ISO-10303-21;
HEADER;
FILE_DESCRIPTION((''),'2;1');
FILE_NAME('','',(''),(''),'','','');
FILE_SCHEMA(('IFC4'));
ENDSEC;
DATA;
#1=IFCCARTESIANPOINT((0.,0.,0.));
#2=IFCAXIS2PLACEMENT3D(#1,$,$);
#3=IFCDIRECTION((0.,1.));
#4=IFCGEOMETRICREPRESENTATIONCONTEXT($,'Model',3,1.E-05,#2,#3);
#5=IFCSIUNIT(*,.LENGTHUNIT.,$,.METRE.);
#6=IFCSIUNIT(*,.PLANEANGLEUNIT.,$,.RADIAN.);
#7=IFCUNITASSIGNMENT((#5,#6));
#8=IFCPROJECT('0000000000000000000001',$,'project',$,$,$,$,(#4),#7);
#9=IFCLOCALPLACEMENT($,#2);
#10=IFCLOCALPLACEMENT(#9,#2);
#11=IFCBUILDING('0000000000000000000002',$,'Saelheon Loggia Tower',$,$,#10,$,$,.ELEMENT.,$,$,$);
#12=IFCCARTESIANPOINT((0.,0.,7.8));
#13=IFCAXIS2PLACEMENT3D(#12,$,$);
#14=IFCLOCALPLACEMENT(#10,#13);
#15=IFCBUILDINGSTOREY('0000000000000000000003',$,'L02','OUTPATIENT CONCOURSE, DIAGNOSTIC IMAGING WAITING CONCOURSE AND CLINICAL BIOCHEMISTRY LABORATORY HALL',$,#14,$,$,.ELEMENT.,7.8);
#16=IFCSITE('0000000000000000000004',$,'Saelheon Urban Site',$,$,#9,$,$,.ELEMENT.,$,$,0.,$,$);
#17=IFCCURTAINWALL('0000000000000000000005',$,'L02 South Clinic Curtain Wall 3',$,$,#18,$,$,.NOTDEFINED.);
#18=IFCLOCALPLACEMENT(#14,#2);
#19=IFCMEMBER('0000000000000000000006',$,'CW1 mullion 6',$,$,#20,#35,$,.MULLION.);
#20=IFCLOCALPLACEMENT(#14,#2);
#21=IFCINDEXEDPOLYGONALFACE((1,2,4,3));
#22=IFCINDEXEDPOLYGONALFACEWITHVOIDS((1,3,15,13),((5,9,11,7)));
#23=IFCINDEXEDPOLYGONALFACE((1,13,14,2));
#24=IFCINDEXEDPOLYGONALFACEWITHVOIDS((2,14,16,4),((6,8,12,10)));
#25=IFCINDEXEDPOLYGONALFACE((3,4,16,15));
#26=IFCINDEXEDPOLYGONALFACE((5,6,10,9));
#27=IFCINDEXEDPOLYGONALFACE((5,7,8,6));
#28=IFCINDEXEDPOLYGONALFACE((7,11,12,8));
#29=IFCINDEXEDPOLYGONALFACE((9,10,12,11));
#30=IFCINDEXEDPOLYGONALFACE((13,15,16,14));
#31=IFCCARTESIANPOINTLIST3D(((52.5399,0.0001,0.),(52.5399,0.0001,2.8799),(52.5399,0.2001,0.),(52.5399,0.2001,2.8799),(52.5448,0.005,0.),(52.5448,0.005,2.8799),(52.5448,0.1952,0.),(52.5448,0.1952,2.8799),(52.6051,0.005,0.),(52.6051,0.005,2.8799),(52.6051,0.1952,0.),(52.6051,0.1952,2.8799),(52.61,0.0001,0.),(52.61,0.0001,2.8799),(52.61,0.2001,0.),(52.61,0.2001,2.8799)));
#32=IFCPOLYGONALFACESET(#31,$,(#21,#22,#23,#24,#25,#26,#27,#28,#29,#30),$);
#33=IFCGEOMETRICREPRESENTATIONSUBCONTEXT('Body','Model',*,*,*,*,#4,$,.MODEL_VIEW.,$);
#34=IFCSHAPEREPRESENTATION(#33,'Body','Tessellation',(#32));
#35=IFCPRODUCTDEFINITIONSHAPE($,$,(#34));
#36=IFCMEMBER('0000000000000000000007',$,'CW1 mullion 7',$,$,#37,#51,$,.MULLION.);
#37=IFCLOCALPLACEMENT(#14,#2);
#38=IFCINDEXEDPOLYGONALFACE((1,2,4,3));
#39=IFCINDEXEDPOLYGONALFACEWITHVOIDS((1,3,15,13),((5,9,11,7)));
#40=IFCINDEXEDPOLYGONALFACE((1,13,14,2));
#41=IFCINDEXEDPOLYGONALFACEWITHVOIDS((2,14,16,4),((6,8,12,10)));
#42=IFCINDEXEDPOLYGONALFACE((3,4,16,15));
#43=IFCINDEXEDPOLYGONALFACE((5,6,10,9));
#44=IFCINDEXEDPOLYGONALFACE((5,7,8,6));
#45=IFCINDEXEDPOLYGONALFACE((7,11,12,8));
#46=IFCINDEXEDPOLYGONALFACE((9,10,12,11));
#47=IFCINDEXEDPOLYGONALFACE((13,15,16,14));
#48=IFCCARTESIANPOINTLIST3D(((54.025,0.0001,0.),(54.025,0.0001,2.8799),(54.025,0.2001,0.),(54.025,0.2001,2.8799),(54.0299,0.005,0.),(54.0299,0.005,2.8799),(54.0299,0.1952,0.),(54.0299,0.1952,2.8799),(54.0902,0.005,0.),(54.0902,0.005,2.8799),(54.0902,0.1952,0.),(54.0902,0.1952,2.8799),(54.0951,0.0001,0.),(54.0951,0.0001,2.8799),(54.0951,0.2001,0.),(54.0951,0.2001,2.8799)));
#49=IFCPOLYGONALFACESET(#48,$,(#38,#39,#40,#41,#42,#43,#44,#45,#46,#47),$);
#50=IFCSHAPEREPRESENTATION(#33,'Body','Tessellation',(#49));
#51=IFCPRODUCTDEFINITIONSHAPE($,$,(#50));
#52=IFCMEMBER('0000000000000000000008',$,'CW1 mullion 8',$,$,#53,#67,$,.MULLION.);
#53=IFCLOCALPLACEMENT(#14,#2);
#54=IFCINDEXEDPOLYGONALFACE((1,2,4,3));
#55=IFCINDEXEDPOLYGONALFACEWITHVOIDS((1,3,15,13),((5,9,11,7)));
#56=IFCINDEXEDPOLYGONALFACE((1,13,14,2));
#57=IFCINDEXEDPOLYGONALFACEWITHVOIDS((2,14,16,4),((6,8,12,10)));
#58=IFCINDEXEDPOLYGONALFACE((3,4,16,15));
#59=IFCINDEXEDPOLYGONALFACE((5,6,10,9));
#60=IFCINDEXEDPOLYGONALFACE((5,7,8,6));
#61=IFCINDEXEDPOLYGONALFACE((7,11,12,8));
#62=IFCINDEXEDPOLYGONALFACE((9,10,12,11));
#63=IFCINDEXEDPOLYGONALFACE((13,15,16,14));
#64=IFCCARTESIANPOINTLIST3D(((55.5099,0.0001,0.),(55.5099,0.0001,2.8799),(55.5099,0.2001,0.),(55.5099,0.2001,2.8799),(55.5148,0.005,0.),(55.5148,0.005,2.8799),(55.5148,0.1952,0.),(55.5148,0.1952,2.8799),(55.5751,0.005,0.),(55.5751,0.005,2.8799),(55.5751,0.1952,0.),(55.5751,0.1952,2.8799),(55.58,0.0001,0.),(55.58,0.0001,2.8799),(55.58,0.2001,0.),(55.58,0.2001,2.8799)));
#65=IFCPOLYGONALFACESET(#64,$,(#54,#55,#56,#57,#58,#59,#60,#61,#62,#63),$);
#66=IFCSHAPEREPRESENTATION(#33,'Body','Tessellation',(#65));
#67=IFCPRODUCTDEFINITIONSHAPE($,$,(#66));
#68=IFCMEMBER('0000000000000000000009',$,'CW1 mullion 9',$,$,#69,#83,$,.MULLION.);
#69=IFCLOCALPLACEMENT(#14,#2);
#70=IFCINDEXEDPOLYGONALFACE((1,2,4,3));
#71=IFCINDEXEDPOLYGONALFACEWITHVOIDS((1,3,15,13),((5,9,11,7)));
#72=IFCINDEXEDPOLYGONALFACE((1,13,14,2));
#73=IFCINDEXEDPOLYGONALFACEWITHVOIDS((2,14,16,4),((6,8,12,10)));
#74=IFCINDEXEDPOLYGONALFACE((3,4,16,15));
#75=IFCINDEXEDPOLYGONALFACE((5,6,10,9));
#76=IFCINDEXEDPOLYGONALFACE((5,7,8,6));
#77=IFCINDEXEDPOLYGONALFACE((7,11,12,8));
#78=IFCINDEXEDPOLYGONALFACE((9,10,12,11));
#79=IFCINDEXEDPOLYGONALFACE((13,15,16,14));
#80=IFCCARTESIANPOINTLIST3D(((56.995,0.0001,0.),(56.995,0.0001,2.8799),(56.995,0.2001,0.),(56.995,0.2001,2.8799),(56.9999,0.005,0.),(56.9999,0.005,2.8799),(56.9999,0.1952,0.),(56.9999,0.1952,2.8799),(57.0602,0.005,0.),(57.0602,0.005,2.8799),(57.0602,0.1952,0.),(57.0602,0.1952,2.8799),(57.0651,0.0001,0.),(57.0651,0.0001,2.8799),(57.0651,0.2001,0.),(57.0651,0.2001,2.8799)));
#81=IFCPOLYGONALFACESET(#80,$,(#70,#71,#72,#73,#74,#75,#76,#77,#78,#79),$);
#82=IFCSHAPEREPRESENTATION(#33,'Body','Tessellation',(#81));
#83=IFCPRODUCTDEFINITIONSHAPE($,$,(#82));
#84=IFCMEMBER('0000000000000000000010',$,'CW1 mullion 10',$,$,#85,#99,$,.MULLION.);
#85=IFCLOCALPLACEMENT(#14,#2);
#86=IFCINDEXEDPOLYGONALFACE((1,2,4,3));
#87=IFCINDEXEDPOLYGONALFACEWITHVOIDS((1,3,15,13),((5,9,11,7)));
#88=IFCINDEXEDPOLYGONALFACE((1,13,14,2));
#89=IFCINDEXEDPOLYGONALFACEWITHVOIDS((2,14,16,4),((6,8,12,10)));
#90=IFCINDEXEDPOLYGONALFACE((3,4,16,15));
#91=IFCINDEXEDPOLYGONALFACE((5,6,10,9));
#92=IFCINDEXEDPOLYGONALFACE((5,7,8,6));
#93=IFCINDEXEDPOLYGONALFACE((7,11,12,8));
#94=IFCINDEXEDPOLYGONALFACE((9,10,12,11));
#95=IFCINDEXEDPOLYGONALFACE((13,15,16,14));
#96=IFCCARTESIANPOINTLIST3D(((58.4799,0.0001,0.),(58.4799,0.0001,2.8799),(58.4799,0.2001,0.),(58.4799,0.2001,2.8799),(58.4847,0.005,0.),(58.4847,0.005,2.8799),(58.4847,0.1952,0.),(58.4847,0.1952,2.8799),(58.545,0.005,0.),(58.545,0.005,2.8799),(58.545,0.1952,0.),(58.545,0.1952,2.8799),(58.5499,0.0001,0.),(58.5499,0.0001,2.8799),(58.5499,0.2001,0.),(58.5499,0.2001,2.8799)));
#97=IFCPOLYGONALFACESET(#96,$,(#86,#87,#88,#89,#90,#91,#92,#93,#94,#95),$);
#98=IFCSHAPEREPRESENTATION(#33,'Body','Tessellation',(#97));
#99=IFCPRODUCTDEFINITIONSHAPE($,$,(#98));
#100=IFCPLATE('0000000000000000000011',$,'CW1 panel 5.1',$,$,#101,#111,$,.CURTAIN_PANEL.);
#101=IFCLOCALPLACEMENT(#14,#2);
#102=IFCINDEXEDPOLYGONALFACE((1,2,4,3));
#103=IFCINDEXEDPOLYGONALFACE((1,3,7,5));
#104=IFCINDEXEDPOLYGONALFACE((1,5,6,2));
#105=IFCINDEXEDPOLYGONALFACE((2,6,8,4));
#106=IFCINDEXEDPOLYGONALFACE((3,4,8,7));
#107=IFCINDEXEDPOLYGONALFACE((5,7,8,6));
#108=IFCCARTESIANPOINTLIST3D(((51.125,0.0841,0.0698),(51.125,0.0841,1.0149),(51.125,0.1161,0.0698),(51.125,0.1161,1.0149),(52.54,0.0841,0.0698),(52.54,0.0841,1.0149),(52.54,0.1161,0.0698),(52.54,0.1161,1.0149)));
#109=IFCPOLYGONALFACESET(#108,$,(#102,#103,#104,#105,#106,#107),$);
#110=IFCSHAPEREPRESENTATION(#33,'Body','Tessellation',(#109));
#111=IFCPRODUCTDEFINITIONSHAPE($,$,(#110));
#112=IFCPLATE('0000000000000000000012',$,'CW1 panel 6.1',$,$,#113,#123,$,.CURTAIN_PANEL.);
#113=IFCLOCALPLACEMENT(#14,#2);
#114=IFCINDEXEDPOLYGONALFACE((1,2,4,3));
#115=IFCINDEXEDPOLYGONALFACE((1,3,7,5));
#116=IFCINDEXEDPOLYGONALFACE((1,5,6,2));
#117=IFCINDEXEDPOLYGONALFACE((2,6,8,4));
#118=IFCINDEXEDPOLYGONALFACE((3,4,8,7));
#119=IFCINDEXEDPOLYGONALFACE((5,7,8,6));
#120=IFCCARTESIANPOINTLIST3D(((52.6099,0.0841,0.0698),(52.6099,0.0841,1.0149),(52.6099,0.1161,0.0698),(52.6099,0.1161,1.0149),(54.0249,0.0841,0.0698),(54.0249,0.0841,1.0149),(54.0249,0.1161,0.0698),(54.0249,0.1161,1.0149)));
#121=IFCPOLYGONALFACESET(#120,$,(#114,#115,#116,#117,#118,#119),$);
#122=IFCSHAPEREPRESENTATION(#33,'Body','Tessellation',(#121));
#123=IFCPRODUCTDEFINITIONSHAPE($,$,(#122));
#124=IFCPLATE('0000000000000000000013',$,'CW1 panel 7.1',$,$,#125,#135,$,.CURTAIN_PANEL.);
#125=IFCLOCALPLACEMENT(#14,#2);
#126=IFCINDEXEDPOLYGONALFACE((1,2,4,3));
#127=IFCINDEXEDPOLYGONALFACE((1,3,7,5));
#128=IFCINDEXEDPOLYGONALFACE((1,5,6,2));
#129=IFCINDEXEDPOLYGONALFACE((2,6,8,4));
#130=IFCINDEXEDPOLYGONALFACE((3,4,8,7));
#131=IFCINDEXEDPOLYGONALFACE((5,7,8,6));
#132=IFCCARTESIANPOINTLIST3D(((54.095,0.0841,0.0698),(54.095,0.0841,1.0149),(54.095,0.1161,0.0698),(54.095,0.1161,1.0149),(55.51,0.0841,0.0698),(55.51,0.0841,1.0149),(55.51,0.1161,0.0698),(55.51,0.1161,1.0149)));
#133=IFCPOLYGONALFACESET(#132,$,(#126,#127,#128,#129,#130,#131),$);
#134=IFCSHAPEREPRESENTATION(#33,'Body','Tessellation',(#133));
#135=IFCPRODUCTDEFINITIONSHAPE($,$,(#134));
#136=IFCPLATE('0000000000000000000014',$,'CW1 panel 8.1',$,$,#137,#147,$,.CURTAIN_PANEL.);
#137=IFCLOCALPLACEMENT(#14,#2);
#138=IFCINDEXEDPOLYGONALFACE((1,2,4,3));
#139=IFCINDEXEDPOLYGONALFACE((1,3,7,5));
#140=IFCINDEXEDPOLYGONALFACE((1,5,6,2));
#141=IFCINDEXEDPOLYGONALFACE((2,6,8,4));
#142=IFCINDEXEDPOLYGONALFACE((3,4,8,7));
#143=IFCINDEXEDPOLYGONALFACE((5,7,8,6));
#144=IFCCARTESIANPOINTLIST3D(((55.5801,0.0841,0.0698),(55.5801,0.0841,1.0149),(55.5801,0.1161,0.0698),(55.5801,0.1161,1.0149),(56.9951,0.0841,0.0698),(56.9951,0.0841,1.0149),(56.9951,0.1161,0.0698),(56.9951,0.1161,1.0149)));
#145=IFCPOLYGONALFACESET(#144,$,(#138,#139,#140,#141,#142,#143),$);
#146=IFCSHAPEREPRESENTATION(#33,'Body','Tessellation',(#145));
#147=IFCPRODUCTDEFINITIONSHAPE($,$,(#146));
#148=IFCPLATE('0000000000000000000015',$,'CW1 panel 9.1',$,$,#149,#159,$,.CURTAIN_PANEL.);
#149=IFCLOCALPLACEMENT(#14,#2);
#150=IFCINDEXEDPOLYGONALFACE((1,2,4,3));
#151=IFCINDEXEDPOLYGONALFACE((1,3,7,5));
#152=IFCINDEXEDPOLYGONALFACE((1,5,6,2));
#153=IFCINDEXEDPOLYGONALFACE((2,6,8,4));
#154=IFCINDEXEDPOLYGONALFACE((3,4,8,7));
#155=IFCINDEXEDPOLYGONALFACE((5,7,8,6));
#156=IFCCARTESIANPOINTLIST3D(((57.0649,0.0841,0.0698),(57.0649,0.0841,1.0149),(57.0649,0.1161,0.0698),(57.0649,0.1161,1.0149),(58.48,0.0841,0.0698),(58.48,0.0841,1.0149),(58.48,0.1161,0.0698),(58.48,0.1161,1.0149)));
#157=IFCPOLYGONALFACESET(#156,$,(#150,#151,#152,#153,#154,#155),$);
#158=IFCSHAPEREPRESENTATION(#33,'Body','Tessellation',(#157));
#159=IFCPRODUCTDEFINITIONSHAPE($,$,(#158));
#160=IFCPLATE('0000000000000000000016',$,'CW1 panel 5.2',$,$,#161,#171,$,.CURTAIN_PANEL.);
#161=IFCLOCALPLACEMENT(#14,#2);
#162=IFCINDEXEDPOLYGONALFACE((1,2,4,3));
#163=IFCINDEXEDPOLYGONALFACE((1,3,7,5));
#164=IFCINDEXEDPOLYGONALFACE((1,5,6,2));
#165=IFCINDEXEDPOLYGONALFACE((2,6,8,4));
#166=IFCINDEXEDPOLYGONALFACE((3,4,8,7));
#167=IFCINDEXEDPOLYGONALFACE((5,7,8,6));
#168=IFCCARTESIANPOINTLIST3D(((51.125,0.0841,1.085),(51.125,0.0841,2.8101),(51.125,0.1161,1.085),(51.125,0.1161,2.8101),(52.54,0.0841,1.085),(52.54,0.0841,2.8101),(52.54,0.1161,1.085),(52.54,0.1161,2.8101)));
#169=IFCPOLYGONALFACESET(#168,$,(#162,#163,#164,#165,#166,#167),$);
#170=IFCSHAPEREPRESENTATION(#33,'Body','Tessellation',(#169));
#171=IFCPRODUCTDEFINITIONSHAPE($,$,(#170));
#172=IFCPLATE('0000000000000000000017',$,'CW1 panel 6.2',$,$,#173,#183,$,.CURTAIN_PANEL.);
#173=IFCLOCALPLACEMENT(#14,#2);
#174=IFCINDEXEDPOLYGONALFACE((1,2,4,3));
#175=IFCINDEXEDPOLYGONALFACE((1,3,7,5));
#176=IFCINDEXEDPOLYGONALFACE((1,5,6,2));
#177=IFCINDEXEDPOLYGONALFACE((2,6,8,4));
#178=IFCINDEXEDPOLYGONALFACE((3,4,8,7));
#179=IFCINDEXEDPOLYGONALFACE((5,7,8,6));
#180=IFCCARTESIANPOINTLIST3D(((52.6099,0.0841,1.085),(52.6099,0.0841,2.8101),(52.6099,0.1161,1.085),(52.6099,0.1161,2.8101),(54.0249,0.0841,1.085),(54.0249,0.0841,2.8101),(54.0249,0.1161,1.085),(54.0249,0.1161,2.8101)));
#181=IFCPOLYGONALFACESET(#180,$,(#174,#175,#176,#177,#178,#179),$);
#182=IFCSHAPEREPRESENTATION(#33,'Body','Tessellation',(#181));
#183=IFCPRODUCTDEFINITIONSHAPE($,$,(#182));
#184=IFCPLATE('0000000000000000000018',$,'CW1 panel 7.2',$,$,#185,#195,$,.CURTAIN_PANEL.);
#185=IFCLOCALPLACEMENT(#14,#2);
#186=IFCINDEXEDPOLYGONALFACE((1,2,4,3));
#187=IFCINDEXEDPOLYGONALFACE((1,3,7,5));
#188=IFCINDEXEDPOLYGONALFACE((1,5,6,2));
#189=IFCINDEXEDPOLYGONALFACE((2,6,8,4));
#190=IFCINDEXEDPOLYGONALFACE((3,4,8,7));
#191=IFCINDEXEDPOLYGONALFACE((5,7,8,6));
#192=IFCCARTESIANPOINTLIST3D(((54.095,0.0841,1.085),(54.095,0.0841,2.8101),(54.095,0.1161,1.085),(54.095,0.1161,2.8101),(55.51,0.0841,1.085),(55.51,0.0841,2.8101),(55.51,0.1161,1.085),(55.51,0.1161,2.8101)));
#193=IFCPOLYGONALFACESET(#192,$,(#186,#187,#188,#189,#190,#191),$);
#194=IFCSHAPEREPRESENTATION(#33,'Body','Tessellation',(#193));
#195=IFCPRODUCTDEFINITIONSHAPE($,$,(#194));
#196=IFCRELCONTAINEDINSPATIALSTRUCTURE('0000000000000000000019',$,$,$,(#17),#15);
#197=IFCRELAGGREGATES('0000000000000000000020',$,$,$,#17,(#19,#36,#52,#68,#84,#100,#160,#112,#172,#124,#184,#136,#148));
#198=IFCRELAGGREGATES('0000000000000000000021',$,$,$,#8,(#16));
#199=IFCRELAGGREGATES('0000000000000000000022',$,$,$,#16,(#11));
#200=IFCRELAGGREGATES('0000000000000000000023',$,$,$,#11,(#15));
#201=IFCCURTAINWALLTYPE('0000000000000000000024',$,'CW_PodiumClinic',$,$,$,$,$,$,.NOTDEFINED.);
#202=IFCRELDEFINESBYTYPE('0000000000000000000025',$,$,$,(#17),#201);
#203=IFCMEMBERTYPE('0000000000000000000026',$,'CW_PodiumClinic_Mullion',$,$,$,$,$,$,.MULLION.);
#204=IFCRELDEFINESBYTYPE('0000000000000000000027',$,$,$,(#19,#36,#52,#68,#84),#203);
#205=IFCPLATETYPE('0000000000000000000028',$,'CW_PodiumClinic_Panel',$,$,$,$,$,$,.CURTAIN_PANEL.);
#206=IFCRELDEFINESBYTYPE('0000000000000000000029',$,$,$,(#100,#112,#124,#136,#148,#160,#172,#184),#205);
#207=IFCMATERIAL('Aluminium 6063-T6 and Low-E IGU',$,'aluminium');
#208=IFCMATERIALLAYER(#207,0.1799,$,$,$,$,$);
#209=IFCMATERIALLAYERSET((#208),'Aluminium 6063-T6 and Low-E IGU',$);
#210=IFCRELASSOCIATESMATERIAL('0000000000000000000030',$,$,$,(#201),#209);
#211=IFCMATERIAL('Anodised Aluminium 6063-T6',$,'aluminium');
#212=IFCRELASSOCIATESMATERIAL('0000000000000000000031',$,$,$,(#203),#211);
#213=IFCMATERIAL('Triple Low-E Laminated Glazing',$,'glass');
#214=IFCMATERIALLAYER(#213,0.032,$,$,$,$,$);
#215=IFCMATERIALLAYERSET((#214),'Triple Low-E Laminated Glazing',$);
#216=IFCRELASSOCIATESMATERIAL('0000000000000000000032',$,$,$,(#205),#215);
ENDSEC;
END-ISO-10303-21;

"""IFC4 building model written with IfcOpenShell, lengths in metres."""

from ifc_helpers import new_model, si_unit, direction, frame, origin, origin_2d, place, context, subcontext, project, spatial, rectangle, hollow_rectangle, extrude, source, transform, mapped, material, layer, layer_set, material_profile, profile_set, type_object, element, aggregate, save


model = new_model("IFC4")

# Units and contexts
model_context = context("Model", 3, precision=1e-05, world=origin(), true_north=direction((0.0, 1.0)))
body_context = subcontext(model_context, "Body", "Model", "MODEL_VIEW")
ifc_project = project(units=[si_unit("LENGTHUNIT", "METRE"), si_unit("PLANEANGLEUNIT", "RADIAN")], contexts=[model_context])

# Site, building, storey
site_placement = place(None, origin())
site = spatial("IfcSite", under=ifc_project, at=site_placement, Name="Saelheon Urban Site", CompositionType="ELEMENT", RefElevation=0.0)
building_placement = place(site_placement, origin())
building = spatial("IfcBuilding", under=site, at=building_placement, Name="Saelheon Loggia Tower", CompositionType="ELEMENT")
storey_placement = place(building_placement, frame((0.0, 0.0, 7.8)))
storey = spatial("IfcBuildingStorey", under=building, at=storey_placement, Name="L02", Description="OUTPATIENT CONCOURSE, DIAGNOSTIC IMAGING WAITING CONCOURSE AND CLINICAL BIOCHEMISTRY LABORATORY HALL", CompositionType="ELEMENT", Elevation=7.8)

# Curtain wall, members, plates
ifc_material_1 = material(Name="Aluminium 6063-T6 and Low-E IGU", Category="aluminium")
ifc_layer_1 = layer(ifc_material_1, 0.1799)
ifc_layer_set_1 = layer_set([ifc_layer_1], Name="Aluminium 6063-T6 and Low-E IGU")
curtain_wall_type = type_object("IfcCurtainWallType", Name="CW_PodiumClinic", PredefinedType="NOTDEFINED", material=ifc_layer_set_1)
curtain_wall_placement = place(storey_placement, origin())
curtain_wall = element("IfcCurtainWall", 1, at=curtain_wall_placement, inside=storey, type_object=curtain_wall_type, Name="L02 South Clinic Curtain Wall 3", PredefinedType="NOTDEFINED")
ifc_material_2 = material(Name="Anodised Aluminium 6063-T6", Category="aluminium")
ifc_material_profile_1 = material_profile(ifc_material_2, hollow_rectangle(XDim=0.0701, YDim=0.2, WallThickness=0.0049, at=origin_2d()), Name="RHS-200x70x5")
ifc_profile_set_1 = profile_set([ifc_material_profile_1], Name="Anodised Aluminium 6063-T6")
member_type_1 = type_object("IfcMemberType", Name="CW_PodiumClinic_Mullion", PredefinedType="MULLION", material=ifc_profile_set_1)
shared_shape_1 = source(origin(), body_context, "Body", "SweptSolid", [
    extrude(hollow_rectangle(XDim=0.0701, YDim=0.2, WallThickness=0.0049, at=origin_2d()), origin(), (0.0, 0.0, 1.0), 2.8799),
])
member_1_placement = place(storey_placement, frame((52.575, 0.1001, 0.0), z_axis=(0.0, 0.0, 1.0), x_axis=(1.0, 0.0, 0.0)))
member_1 = element("IfcMember", 2, at=member_1_placement, type_object=member_type_1, Name="CW1 mullion 6", PredefinedType="MULLION", context=body_context, shape_type="MappedRepresentation", body=[
    mapped(shared_shape_1, transform((0.0, 0.0, 0.0), scale=1.0)),
])
member_2_placement = place(storey_placement, frame((54.0601, 0.1001, 0.0), z_axis=(0.0, 0.0, 1.0), x_axis=(1.0, 0.0, 0.0)))
member_2 = element("IfcMember", 3, at=member_2_placement, type_object=member_type_1, Name="CW1 mullion 7", PredefinedType="MULLION", context=body_context, shape_type="MappedRepresentation", body=[
    mapped(shared_shape_1, transform((0.0, 0.0, 0.0), scale=1.0)),
])
member_3_placement = place(storey_placement, frame((55.5449, 0.1001, 0.0), z_axis=(0.0, 0.0, 1.0), x_axis=(1.0, 0.0, 0.0)))
member_3 = element("IfcMember", 4, at=member_3_placement, type_object=member_type_1, Name="CW1 mullion 8", PredefinedType="MULLION", context=body_context, shape_type="MappedRepresentation", body=[
    mapped(shared_shape_1, transform((0.0, 0.0, 0.0), scale=1.0)),
])
member_4_placement = place(storey_placement, frame((57.03, 0.1001, 0.0), z_axis=(0.0, 0.0, 1.0), x_axis=(1.0, 0.0, 0.0)))
member_4 = element("IfcMember", 5, at=member_4_placement, type_object=member_type_1, Name="CW1 mullion 9", PredefinedType="MULLION", context=body_context, shape_type="MappedRepresentation", body=[
    mapped(shared_shape_1, transform((0.0, 0.0, 0.0), scale=1.0)),
])
member_5_placement = place(storey_placement, frame((58.5149, 0.1001, 0.0), z_axis=(0.0, 0.0, 1.0), x_axis=(1.0, 0.0, 0.0)))
member_5 = element("IfcMember", 6, at=member_5_placement, type_object=member_type_1, Name="CW1 mullion 10", PredefinedType="MULLION", context=body_context, shape_type="MappedRepresentation", body=[
    mapped(shared_shape_1, transform((0.0, 0.0, 0.0), scale=1.0)),
])
ifc_material_3 = material(Name="Triple Low-E Laminated Glazing", Category="glass")
ifc_layer_2 = layer(ifc_material_3, 0.032)
ifc_layer_set_2 = layer_set([ifc_layer_2], Name="Triple Low-E Laminated Glazing")
plate_type = type_object("IfcPlateType", Name="CW_PodiumClinic_Panel", PredefinedType="CURTAIN_PANEL", material=ifc_layer_set_2)
shared_shape_2 = source(origin(), body_context, "Body", "SweptSolid", [
    extrude(rectangle(XDim=1.415, YDim=0.032, at=origin_2d()), origin(), (0.0, 0.0, 1.0), 0.9451),
])
plate_1_placement = place(storey_placement, frame((51.8325, 0.1001, 0.0698), z_axis=(0.0, 0.0, 1.0), x_axis=(1.0, 0.0, 0.0)))
plate_1 = element("IfcPlate", 7, at=plate_1_placement, type_object=plate_type, Name="CW1 panel 5.1", PredefinedType="CURTAIN_PANEL", context=body_context, shape_type="MappedRepresentation", body=[
    mapped(shared_shape_2, transform((0.0, 0.0, 0.0), scale=1.0)),
])
plate_2_placement = place(storey_placement, frame((53.3174, 0.1001, 0.0698), z_axis=(0.0, 0.0, 1.0), x_axis=(1.0, 0.0, 0.0)))
plate_2 = element("IfcPlate", 8, at=plate_2_placement, type_object=plate_type, Name="CW1 panel 6.1", PredefinedType="CURTAIN_PANEL", context=body_context, shape_type="MappedRepresentation", body=[
    mapped(shared_shape_2, transform((0.0, 0.0, 0.0), scale=1.0)),
])
plate_3_placement = place(storey_placement, frame((54.8025, 0.1001, 0.0698), z_axis=(0.0, 0.0, 1.0), x_axis=(1.0, 0.0, 0.0)))
plate_3 = element("IfcPlate", 9, at=plate_3_placement, type_object=plate_type, Name="CW1 panel 7.1", PredefinedType="CURTAIN_PANEL", context=body_context, shape_type="MappedRepresentation", body=[
    mapped(shared_shape_2, transform((0.0, 0.0, 0.0), scale=1.0)),
])
plate_4_placement = place(storey_placement, frame((56.2876, 0.1001, 0.0698), z_axis=(0.0, 0.0, 1.0), x_axis=(1.0, 0.0, 0.0)))
plate_4 = element("IfcPlate", 10, at=plate_4_placement, type_object=plate_type, Name="CW1 panel 8.1", PredefinedType="CURTAIN_PANEL", context=body_context, shape_type="MappedRepresentation", body=[
    mapped(shared_shape_2, transform((0.0, 0.0, 0.0), scale=1.0)),
])
plate_5_placement = place(storey_placement, frame((57.7725, 0.1001, 0.0698), z_axis=(0.0, 0.0, 1.0), x_axis=(1.0, 0.0, 0.0)))
plate_5 = element("IfcPlate", 11, at=plate_5_placement, type_object=plate_type, Name="CW1 panel 9.1", PredefinedType="CURTAIN_PANEL", context=body_context, shape_type="MappedRepresentation", body=[
    mapped(shared_shape_2, transform((0.0, 0.0, 0.0), scale=1.0)),
])
shared_shape_3 = source(origin(), body_context, "Body", "SweptSolid", [
    extrude(rectangle(XDim=1.415, YDim=0.032, at=origin_2d()), origin(), (0.0, 0.0, 1.0), 1.7251),
])
plate_6_placement = place(storey_placement, frame((51.8325, 0.1001, 1.085), z_axis=(0.0, 0.0, 1.0), x_axis=(1.0, 0.0, 0.0)))
plate_6 = element("IfcPlate", 12, at=plate_6_placement, type_object=plate_type, Name="CW1 panel 5.2", PredefinedType="CURTAIN_PANEL", context=body_context, shape_type="MappedRepresentation", body=[
    mapped(shared_shape_3, transform((0.0, 0.0, 0.0), scale=1.0)),
])
plate_7_placement = place(storey_placement, frame((53.3174, 0.1001, 1.085), z_axis=(0.0, 0.0, 1.0), x_axis=(1.0, 0.0, 0.0)))
plate_7 = element("IfcPlate", 13, at=plate_7_placement, type_object=plate_type, Name="CW1 panel 6.2", PredefinedType="CURTAIN_PANEL", context=body_context, shape_type="MappedRepresentation", body=[
    mapped(shared_shape_3, transform((0.0, 0.0, 0.0), scale=1.0)),
])
plate_8_placement = place(storey_placement, frame((54.8025, 0.1001, 1.085), z_axis=(0.0, 0.0, 1.0), x_axis=(1.0, 0.0, 0.0)))
plate_8 = element("IfcPlate", 14, at=plate_8_placement, type_object=plate_type, Name="CW1 panel 7.2", PredefinedType="CURTAIN_PANEL", context=body_context, shape_type="MappedRepresentation", body=[
    mapped(shared_shape_3, transform((0.0, 0.0, 0.0), scale=1.0)),
])
aggregate(curtain_wall, [member_1, member_2, member_3, member_4, member_5, plate_1, plate_6, plate_2, plate_7, plate_3, plate_8, plate_4, plate_5])

save(model, "model.ifc")
